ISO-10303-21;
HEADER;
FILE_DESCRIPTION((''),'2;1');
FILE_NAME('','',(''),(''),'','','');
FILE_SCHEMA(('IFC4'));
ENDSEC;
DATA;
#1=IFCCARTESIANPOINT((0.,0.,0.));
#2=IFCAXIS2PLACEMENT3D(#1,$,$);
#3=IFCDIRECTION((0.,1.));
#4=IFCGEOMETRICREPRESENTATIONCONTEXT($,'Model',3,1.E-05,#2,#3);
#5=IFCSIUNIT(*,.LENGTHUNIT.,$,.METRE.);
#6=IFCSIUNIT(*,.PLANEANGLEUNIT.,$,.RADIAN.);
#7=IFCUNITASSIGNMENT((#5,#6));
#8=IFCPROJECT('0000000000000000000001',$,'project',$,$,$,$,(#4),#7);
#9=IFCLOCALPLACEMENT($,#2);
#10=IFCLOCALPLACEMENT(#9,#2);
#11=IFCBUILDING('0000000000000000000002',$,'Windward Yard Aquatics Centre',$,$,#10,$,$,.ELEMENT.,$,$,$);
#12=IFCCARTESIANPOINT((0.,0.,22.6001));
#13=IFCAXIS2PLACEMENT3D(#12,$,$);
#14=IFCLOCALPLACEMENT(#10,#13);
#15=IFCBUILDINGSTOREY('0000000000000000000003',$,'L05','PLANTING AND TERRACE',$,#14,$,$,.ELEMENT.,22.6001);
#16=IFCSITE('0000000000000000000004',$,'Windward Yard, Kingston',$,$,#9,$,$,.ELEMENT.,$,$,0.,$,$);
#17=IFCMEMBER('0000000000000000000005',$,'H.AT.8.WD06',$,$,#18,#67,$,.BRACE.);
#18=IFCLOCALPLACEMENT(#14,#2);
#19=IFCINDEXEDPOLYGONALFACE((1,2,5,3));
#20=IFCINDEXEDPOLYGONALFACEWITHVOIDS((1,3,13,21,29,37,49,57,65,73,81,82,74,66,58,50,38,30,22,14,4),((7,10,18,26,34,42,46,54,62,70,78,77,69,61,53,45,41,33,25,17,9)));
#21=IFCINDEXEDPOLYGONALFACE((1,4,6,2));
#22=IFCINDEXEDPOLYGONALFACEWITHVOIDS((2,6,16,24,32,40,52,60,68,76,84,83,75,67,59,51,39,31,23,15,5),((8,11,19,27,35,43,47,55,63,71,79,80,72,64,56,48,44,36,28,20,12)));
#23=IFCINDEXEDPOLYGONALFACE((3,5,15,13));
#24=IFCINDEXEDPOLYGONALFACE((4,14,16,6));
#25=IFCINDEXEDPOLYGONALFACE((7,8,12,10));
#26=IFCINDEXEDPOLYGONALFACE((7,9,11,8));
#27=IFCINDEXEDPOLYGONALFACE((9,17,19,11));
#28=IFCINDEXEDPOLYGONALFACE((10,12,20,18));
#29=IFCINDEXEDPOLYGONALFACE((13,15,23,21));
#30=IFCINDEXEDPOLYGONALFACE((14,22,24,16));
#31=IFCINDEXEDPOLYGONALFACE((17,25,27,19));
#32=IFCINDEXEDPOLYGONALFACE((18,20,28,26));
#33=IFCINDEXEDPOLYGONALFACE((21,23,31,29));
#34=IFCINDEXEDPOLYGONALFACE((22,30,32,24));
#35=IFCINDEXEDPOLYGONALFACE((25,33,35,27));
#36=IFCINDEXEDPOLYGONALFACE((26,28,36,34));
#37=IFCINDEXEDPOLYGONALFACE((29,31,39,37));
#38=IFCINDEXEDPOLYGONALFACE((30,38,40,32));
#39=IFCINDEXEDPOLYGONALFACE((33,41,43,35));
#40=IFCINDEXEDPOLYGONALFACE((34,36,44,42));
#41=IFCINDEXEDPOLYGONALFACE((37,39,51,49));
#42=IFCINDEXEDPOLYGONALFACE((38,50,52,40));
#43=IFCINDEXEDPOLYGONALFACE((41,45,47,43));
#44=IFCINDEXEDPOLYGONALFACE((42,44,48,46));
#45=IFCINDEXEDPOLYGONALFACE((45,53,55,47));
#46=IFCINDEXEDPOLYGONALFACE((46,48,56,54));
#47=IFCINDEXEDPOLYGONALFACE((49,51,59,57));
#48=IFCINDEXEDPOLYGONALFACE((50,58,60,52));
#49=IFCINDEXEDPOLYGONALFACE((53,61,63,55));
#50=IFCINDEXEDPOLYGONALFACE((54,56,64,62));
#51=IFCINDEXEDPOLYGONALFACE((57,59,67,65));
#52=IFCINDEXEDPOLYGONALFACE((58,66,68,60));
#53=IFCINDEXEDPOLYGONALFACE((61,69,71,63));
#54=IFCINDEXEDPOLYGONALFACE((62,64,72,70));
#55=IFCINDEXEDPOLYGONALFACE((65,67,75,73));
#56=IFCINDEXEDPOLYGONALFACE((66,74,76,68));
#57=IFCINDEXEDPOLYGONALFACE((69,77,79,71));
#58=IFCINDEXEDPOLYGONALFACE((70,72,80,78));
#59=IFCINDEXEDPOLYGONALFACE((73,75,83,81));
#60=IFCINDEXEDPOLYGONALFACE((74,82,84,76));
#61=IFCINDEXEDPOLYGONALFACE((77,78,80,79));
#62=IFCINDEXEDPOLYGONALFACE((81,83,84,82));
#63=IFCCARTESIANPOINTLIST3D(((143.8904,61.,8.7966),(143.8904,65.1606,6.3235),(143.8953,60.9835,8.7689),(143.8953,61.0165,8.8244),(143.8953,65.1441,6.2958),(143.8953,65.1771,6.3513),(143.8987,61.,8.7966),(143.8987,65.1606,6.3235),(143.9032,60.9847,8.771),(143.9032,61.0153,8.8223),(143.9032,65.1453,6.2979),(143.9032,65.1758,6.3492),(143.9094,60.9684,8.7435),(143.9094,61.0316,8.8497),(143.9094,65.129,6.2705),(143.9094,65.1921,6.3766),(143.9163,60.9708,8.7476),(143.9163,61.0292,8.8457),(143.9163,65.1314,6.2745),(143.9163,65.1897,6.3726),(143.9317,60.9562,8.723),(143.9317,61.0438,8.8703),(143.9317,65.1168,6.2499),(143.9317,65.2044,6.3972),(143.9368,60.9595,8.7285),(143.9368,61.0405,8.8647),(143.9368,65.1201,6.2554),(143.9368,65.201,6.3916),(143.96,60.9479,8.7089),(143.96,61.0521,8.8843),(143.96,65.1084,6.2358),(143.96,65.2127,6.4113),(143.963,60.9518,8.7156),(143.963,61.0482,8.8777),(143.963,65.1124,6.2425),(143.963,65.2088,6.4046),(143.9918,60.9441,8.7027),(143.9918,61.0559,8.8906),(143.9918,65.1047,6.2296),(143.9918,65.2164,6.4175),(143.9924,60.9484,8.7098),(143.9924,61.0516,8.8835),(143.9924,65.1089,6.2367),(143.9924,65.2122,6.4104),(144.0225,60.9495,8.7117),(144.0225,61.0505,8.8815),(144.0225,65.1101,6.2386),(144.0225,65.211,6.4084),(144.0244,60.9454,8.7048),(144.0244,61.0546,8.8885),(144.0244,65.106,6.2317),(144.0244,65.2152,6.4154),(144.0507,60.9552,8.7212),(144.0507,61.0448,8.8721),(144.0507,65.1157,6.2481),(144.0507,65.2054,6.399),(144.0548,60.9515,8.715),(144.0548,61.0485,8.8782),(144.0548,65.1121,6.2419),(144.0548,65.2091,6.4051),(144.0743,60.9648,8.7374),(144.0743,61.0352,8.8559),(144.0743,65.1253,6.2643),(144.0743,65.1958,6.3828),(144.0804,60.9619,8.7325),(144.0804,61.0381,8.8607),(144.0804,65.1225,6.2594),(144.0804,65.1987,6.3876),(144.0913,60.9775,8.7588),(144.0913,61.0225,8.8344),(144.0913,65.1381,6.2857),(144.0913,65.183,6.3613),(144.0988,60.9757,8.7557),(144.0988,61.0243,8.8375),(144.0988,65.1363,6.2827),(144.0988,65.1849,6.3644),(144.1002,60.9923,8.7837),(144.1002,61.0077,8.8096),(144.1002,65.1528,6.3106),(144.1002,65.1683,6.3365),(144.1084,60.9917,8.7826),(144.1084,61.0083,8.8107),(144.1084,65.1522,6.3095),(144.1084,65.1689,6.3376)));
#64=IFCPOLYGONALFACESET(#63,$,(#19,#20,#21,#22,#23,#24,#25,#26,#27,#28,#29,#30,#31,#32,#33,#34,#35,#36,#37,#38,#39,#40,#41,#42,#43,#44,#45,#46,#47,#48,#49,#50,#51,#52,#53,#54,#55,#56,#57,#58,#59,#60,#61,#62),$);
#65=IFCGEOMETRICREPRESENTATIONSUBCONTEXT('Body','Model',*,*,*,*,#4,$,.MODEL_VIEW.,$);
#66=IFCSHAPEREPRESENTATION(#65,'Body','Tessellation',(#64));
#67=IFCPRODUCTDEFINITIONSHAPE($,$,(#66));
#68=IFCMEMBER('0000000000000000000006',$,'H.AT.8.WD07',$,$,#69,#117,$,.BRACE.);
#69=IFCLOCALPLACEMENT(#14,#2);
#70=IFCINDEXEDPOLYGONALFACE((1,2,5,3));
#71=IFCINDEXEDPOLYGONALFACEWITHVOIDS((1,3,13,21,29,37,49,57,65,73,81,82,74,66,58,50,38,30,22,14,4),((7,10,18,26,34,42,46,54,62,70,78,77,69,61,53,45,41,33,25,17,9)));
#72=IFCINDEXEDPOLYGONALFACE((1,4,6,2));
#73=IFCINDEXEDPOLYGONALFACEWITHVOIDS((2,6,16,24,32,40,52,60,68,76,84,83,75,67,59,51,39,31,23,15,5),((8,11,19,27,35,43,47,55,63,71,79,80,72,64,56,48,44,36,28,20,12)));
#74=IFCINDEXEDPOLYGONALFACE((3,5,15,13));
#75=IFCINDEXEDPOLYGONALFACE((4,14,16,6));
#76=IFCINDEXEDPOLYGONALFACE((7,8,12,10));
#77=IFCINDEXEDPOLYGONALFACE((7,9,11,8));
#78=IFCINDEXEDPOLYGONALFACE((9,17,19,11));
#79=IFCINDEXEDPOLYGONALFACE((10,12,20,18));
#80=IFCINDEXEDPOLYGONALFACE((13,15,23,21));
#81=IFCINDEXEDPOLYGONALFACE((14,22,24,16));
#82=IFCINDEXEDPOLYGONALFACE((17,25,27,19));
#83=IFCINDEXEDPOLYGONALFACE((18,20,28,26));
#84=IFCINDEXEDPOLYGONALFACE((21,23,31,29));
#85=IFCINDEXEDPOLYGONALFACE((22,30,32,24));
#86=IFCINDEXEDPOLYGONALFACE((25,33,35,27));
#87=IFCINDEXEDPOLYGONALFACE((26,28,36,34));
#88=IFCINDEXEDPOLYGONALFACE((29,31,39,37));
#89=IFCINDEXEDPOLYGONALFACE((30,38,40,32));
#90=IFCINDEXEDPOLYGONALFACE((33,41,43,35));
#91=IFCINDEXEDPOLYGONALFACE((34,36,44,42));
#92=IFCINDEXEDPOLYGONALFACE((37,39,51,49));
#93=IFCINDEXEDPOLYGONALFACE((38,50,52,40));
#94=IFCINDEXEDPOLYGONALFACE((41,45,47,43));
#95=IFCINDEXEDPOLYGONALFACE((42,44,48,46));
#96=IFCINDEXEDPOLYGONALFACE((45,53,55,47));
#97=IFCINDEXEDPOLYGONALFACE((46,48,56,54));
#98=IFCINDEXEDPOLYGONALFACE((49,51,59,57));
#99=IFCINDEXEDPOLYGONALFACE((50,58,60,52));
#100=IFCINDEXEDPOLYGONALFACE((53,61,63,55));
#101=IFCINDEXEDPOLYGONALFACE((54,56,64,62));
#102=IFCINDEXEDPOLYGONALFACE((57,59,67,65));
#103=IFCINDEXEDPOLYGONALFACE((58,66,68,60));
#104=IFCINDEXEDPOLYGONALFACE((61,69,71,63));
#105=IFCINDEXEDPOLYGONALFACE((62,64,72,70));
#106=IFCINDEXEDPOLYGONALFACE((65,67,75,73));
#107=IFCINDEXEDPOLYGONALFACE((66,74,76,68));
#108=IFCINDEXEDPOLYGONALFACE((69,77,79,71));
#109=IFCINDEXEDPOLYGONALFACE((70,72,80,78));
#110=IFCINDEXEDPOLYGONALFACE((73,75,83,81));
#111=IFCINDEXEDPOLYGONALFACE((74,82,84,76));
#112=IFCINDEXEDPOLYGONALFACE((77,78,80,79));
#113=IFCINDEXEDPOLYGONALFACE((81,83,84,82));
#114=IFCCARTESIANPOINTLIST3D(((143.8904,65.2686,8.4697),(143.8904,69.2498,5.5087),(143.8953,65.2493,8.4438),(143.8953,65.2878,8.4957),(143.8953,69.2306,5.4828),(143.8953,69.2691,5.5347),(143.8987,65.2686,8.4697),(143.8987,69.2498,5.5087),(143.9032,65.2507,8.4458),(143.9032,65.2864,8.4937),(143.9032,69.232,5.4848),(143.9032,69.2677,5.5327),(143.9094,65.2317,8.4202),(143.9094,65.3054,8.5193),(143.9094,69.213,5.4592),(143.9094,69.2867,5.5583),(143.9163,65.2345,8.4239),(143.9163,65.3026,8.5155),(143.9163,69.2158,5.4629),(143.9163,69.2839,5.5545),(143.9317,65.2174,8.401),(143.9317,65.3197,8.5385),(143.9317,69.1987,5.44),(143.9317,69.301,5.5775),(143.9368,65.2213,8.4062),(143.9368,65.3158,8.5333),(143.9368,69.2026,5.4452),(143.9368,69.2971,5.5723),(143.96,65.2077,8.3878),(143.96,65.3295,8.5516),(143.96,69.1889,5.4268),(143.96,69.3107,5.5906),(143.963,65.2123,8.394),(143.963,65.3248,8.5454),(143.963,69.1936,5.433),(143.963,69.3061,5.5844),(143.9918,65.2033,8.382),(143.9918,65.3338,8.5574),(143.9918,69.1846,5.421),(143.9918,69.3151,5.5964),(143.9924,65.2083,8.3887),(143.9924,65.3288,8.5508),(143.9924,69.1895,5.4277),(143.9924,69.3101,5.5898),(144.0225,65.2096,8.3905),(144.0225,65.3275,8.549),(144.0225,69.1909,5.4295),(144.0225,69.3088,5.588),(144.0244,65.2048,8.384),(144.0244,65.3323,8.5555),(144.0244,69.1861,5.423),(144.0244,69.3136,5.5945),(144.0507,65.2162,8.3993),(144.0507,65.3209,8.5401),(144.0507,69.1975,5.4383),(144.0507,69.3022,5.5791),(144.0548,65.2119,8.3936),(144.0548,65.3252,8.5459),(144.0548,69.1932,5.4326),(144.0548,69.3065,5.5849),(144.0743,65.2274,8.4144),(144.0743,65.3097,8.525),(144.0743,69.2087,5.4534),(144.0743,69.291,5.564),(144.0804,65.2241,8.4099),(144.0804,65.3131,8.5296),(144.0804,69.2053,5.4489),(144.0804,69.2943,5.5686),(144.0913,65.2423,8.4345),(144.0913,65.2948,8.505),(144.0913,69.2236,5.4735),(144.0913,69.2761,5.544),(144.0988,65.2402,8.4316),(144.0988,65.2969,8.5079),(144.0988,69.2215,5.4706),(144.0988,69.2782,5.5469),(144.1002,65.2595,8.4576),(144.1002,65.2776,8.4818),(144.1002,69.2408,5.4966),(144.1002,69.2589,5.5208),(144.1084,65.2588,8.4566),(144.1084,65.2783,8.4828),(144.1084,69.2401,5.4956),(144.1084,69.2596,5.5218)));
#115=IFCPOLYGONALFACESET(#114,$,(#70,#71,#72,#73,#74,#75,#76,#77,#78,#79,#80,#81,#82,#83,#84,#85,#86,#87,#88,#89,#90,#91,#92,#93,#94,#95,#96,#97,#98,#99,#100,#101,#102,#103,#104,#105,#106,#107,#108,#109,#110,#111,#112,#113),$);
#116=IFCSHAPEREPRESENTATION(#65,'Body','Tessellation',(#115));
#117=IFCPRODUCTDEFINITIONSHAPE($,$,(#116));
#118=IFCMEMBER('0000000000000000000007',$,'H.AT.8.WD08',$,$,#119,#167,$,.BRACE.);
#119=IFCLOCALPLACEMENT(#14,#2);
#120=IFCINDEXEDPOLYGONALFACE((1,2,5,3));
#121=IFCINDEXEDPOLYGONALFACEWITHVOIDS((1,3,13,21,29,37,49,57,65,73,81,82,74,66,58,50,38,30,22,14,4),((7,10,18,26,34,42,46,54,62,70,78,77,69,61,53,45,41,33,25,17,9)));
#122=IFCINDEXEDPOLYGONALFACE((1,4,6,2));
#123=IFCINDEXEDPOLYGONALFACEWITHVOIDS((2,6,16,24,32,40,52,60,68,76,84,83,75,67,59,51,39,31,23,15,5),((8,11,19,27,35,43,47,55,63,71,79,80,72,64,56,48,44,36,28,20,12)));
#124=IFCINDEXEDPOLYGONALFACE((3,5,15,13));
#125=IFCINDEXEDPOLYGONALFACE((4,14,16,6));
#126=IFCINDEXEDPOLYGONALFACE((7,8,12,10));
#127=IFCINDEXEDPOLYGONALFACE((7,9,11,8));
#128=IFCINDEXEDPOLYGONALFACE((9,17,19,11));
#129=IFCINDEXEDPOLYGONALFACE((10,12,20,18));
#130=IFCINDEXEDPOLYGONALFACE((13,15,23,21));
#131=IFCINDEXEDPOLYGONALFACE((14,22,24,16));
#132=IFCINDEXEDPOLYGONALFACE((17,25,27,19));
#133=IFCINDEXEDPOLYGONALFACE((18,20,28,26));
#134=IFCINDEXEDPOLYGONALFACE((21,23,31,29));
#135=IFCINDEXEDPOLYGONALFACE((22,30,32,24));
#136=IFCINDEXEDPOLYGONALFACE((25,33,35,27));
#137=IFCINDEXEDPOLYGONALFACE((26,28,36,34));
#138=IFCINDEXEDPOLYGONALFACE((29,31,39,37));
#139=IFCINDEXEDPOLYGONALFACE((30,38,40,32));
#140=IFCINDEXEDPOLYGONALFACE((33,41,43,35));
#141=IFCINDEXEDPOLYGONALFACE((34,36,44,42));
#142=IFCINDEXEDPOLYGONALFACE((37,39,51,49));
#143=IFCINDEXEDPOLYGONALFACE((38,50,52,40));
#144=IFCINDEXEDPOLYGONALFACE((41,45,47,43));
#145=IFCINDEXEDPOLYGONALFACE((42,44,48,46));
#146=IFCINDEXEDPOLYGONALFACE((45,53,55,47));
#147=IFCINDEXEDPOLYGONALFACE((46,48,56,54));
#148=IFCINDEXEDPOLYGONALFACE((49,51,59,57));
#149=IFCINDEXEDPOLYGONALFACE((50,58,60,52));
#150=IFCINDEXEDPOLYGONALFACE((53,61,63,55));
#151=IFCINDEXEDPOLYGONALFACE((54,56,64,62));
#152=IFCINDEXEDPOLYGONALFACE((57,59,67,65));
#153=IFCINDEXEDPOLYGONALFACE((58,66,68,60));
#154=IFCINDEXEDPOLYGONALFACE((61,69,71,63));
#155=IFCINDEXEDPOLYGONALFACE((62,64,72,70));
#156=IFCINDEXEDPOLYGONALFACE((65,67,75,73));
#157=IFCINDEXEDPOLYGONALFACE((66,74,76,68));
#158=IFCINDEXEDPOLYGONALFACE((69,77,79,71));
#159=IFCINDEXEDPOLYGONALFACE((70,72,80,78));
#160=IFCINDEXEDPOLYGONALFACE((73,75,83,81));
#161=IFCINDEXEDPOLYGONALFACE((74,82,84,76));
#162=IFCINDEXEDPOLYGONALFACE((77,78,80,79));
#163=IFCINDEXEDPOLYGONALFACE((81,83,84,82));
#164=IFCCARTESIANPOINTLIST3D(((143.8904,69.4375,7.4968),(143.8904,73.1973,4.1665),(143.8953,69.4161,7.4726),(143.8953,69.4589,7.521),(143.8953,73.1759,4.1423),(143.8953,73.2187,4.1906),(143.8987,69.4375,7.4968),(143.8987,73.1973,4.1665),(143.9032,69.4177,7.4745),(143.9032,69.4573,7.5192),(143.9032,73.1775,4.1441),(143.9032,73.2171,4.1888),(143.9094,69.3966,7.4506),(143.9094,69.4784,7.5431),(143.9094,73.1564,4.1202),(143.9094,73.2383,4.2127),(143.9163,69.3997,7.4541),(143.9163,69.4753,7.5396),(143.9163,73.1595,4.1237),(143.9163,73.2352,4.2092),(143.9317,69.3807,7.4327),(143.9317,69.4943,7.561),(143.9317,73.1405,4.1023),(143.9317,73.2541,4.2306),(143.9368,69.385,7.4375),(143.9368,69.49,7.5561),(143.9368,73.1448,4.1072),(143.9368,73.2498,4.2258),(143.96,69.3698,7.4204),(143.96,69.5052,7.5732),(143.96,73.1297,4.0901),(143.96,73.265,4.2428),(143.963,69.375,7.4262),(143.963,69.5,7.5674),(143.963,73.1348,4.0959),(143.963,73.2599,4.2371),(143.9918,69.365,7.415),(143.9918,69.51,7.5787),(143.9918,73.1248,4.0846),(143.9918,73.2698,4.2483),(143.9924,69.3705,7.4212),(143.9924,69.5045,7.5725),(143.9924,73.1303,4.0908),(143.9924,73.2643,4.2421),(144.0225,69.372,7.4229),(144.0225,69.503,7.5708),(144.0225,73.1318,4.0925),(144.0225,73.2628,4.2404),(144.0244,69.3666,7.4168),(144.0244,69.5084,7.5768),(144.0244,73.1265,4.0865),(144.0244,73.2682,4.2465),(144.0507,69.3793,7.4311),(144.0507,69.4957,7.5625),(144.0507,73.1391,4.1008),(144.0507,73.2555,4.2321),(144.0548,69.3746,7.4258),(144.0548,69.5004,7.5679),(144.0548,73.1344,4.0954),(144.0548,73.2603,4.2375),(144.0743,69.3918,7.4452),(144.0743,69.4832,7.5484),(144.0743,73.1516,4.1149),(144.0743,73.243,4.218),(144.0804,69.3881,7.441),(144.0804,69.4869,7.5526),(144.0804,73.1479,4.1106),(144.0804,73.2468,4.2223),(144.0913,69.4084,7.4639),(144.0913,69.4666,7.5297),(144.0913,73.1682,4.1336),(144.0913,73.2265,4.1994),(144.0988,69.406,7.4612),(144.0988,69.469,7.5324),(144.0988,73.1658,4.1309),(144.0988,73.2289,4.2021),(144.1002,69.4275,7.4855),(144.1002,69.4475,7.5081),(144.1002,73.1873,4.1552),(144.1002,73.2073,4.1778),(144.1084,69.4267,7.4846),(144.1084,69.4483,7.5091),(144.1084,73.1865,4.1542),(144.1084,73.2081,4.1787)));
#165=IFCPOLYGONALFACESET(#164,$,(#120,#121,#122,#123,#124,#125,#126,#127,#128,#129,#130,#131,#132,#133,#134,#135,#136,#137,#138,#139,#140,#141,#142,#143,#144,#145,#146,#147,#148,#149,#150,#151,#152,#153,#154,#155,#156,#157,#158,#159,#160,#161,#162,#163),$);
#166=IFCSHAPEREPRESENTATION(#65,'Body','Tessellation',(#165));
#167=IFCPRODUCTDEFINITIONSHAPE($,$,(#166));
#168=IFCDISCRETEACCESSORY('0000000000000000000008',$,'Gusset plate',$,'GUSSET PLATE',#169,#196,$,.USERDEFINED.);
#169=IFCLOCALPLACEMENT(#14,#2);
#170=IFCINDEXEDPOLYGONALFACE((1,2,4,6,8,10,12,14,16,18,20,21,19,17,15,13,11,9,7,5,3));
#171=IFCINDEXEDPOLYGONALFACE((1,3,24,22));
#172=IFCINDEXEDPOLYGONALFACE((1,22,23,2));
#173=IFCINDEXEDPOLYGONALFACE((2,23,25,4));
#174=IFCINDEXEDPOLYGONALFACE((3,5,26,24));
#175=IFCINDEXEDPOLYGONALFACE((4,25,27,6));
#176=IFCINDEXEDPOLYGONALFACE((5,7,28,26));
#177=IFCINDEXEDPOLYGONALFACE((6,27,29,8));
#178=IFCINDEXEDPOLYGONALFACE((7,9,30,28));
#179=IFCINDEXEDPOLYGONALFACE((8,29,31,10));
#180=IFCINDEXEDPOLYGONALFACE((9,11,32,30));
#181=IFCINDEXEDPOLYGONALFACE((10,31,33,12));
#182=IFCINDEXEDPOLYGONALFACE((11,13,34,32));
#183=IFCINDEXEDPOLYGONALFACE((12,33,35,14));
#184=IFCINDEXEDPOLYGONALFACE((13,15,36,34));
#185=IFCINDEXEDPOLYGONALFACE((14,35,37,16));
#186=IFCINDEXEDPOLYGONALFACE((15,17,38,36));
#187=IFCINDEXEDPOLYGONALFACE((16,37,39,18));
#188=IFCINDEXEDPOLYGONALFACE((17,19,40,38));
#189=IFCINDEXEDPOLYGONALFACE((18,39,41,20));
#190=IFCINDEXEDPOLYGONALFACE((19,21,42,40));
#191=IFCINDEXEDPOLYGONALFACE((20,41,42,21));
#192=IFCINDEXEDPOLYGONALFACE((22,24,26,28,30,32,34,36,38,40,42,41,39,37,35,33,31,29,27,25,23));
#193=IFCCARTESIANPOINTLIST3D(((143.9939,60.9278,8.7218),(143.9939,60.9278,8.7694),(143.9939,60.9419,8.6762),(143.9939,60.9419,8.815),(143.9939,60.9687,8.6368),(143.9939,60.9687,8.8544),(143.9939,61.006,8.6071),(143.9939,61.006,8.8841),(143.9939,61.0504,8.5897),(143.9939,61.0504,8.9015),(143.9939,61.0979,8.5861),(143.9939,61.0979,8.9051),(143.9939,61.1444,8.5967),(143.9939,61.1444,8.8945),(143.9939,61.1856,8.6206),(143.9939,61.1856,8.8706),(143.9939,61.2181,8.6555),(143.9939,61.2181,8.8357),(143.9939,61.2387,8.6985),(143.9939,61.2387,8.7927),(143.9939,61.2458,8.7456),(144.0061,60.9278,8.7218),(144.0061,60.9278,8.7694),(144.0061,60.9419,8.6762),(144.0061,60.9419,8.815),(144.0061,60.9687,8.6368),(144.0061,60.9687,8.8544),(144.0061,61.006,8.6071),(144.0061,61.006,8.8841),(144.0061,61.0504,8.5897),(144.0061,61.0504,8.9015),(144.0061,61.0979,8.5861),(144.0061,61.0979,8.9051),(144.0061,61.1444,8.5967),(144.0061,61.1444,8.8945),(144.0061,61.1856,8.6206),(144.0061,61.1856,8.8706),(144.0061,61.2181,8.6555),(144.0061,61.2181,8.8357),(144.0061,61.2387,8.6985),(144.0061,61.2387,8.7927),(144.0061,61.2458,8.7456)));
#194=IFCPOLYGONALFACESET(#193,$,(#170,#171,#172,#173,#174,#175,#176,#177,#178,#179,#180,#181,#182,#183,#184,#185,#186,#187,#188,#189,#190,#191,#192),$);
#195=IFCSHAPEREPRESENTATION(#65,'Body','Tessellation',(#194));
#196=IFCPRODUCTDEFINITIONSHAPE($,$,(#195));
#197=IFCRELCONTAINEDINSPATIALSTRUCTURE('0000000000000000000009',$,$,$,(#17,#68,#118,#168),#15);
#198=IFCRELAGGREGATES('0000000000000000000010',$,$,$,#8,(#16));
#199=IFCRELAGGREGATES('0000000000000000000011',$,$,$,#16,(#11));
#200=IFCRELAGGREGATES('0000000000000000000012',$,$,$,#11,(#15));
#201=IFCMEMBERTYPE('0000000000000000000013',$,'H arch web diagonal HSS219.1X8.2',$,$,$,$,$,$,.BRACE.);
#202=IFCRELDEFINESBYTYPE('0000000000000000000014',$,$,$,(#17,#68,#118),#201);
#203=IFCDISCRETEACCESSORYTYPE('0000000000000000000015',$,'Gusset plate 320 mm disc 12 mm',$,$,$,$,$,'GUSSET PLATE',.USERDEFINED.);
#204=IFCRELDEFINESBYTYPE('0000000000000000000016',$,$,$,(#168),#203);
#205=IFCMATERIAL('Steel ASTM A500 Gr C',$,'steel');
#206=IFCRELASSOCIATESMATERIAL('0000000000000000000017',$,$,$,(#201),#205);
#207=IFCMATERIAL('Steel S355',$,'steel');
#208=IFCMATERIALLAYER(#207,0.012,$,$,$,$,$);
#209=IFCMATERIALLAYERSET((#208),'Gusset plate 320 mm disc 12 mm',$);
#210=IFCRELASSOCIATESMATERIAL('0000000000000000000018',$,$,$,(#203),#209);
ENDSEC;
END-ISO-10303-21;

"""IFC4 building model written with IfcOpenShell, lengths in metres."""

from ifc_helpers import new_model, si_unit, direction, frame, origin, origin_2d, place, context, subcontext, project, spatial, circle, hollow_circle, extrude, material, layer, layer_set, material_profile, profile_set, type_object, element, save


model = new_model("IFC4")

# Units and contexts
model_context = context("Model", 3, precision=1e-05, world=origin(), true_north=direction((0.0, 1.0)))
body_context = subcontext(model_context, "Body", "Model", "MODEL_VIEW")
ifc_project = project(units=[si_unit("LENGTHUNIT", "METRE"), si_unit("PLANEANGLEUNIT", "RADIAN")], contexts=[model_context])

# Site, building, storey
site_placement = place(None, origin())
site = spatial("IfcSite", under=ifc_project, at=site_placement, Name="Windward Yard, Kingston", CompositionType="ELEMENT", RefElevation=0.0)
building_placement = place(site_placement, origin())
building = spatial("IfcBuilding", under=site, at=building_placement, Name="Windward Yard Aquatics Centre", CompositionType="ELEMENT")
storey_placement = place(building_placement, frame((0.0, 0.0, 22.6001)))
storey = spatial("IfcBuildingStorey", under=building, at=storey_placement, Name="L05", Description="PLANTING AND TERRACE", CompositionType="ELEMENT", Elevation=22.6001)

# Members
ifc_material_1 = material(Name="Steel ASTM A500 Gr C", Category="steel")
ifc_material_profile_1 = material_profile(ifc_material_1, hollow_circle(Radius=0.1096, WallThickness=0.0083, at=origin_2d()), Name="HSS219.1X8.2")
ifc_profile_set_1 = profile_set([ifc_material_profile_1], Name="Steel ASTM A500 Gr C")
member_type_1 = type_object("IfcMemberType", Name="H arch web diagonal HSS219.1X8.2", PredefinedType="BRACE", material=ifc_profile_set_1)
member_1_placement = place(storey_placement, frame((144.0, 61.0, 8.7966), z_axis=(0.0, 0.859604, -0.510961), x_axis=(-1.0, 0.0, 0.0)))
element("IfcMember", 1, at=member_1_placement, inside=storey, type_object=member_type_1, Name="H.AT.8.WD06", PredefinedType="BRACE", context=body_context, shape_type="SweptSolid", body=[
    extrude(hollow_circle(Radius=0.1096, WallThickness=0.0083, at=origin_2d()), origin(), (0.0, 0.0, 1.0), 4.8401),
])
member_2_placement = place(storey_placement, frame((144.0, 65.2686, 8.4697), z_axis=(0.0, 0.802409, -0.596775), x_axis=(-1.0, 0.0, 0.0)))
element("IfcMember", 2, at=member_2_placement, inside=storey, type_object=member_type_1, Name="H.AT.8.WD07", PredefinedType="BRACE", context=body_context, shape_type="SweptSolid", body=[
    extrude(hollow_circle(Radius=0.1096, WallThickness=0.0083, at=origin_2d()), origin(), (0.0, 0.0, 1.0), 4.9617),
])
member_3_placement = place(storey_placement, frame((144.0, 69.4375, 7.4968), z_axis=(0.0, 0.748564, -0.663062), x_axis=(-1.0, 0.0, 0.0)))
element("IfcMember", 3, at=member_3_placement, inside=storey, type_object=member_type_1, Name="H.AT.8.WD08", PredefinedType="BRACE", context=body_context, shape_type="SweptSolid", body=[
    extrude(hollow_circle(Radius=0.1096, WallThickness=0.0083, at=origin_2d()), origin(), (0.0, 0.0, 1.0), 5.0227),
])

# Discrete accessory
ifc_material_2 = material(Name="Steel S355", Category="steel")
ifc_layer_1 = layer(ifc_material_2, 0.012)
ifc_layer_set_1 = layer_set([ifc_layer_1], Name="Gusset plate 320 mm disc 12 mm")
discrete_accessory_type = type_object("IfcDiscreteAccessoryType", Name="Gusset plate 320 mm disc 12 mm", ElementType="GUSSET PLATE", PredefinedType="USERDEFINED", material=ifc_layer_set_1)
for number, where, z_axis, x_axis, name in (
    (4, (143.9939, 61.0859, 8.7456), (1.0, 0.0, 0.0), (0.0, 1.0, 0.0), "Gusset plate"),
):
    element("IfcDiscreteAccessory", number, at=place(storey_placement, frame(where, z_axis=z_axis, x_axis=x_axis)), inside=storey, type_object=discrete_accessory_type, Name=name, ObjectType="GUSSET PLATE", PredefinedType="USERDEFINED", context=body_context, shape_type="SweptSolid", body=[
        extrude(circle(Radius=0.1599, at=origin_2d()), origin(), (0.0, 0.0, 1.0), 0.0122),
    ])

save(model, "model.ifc")
